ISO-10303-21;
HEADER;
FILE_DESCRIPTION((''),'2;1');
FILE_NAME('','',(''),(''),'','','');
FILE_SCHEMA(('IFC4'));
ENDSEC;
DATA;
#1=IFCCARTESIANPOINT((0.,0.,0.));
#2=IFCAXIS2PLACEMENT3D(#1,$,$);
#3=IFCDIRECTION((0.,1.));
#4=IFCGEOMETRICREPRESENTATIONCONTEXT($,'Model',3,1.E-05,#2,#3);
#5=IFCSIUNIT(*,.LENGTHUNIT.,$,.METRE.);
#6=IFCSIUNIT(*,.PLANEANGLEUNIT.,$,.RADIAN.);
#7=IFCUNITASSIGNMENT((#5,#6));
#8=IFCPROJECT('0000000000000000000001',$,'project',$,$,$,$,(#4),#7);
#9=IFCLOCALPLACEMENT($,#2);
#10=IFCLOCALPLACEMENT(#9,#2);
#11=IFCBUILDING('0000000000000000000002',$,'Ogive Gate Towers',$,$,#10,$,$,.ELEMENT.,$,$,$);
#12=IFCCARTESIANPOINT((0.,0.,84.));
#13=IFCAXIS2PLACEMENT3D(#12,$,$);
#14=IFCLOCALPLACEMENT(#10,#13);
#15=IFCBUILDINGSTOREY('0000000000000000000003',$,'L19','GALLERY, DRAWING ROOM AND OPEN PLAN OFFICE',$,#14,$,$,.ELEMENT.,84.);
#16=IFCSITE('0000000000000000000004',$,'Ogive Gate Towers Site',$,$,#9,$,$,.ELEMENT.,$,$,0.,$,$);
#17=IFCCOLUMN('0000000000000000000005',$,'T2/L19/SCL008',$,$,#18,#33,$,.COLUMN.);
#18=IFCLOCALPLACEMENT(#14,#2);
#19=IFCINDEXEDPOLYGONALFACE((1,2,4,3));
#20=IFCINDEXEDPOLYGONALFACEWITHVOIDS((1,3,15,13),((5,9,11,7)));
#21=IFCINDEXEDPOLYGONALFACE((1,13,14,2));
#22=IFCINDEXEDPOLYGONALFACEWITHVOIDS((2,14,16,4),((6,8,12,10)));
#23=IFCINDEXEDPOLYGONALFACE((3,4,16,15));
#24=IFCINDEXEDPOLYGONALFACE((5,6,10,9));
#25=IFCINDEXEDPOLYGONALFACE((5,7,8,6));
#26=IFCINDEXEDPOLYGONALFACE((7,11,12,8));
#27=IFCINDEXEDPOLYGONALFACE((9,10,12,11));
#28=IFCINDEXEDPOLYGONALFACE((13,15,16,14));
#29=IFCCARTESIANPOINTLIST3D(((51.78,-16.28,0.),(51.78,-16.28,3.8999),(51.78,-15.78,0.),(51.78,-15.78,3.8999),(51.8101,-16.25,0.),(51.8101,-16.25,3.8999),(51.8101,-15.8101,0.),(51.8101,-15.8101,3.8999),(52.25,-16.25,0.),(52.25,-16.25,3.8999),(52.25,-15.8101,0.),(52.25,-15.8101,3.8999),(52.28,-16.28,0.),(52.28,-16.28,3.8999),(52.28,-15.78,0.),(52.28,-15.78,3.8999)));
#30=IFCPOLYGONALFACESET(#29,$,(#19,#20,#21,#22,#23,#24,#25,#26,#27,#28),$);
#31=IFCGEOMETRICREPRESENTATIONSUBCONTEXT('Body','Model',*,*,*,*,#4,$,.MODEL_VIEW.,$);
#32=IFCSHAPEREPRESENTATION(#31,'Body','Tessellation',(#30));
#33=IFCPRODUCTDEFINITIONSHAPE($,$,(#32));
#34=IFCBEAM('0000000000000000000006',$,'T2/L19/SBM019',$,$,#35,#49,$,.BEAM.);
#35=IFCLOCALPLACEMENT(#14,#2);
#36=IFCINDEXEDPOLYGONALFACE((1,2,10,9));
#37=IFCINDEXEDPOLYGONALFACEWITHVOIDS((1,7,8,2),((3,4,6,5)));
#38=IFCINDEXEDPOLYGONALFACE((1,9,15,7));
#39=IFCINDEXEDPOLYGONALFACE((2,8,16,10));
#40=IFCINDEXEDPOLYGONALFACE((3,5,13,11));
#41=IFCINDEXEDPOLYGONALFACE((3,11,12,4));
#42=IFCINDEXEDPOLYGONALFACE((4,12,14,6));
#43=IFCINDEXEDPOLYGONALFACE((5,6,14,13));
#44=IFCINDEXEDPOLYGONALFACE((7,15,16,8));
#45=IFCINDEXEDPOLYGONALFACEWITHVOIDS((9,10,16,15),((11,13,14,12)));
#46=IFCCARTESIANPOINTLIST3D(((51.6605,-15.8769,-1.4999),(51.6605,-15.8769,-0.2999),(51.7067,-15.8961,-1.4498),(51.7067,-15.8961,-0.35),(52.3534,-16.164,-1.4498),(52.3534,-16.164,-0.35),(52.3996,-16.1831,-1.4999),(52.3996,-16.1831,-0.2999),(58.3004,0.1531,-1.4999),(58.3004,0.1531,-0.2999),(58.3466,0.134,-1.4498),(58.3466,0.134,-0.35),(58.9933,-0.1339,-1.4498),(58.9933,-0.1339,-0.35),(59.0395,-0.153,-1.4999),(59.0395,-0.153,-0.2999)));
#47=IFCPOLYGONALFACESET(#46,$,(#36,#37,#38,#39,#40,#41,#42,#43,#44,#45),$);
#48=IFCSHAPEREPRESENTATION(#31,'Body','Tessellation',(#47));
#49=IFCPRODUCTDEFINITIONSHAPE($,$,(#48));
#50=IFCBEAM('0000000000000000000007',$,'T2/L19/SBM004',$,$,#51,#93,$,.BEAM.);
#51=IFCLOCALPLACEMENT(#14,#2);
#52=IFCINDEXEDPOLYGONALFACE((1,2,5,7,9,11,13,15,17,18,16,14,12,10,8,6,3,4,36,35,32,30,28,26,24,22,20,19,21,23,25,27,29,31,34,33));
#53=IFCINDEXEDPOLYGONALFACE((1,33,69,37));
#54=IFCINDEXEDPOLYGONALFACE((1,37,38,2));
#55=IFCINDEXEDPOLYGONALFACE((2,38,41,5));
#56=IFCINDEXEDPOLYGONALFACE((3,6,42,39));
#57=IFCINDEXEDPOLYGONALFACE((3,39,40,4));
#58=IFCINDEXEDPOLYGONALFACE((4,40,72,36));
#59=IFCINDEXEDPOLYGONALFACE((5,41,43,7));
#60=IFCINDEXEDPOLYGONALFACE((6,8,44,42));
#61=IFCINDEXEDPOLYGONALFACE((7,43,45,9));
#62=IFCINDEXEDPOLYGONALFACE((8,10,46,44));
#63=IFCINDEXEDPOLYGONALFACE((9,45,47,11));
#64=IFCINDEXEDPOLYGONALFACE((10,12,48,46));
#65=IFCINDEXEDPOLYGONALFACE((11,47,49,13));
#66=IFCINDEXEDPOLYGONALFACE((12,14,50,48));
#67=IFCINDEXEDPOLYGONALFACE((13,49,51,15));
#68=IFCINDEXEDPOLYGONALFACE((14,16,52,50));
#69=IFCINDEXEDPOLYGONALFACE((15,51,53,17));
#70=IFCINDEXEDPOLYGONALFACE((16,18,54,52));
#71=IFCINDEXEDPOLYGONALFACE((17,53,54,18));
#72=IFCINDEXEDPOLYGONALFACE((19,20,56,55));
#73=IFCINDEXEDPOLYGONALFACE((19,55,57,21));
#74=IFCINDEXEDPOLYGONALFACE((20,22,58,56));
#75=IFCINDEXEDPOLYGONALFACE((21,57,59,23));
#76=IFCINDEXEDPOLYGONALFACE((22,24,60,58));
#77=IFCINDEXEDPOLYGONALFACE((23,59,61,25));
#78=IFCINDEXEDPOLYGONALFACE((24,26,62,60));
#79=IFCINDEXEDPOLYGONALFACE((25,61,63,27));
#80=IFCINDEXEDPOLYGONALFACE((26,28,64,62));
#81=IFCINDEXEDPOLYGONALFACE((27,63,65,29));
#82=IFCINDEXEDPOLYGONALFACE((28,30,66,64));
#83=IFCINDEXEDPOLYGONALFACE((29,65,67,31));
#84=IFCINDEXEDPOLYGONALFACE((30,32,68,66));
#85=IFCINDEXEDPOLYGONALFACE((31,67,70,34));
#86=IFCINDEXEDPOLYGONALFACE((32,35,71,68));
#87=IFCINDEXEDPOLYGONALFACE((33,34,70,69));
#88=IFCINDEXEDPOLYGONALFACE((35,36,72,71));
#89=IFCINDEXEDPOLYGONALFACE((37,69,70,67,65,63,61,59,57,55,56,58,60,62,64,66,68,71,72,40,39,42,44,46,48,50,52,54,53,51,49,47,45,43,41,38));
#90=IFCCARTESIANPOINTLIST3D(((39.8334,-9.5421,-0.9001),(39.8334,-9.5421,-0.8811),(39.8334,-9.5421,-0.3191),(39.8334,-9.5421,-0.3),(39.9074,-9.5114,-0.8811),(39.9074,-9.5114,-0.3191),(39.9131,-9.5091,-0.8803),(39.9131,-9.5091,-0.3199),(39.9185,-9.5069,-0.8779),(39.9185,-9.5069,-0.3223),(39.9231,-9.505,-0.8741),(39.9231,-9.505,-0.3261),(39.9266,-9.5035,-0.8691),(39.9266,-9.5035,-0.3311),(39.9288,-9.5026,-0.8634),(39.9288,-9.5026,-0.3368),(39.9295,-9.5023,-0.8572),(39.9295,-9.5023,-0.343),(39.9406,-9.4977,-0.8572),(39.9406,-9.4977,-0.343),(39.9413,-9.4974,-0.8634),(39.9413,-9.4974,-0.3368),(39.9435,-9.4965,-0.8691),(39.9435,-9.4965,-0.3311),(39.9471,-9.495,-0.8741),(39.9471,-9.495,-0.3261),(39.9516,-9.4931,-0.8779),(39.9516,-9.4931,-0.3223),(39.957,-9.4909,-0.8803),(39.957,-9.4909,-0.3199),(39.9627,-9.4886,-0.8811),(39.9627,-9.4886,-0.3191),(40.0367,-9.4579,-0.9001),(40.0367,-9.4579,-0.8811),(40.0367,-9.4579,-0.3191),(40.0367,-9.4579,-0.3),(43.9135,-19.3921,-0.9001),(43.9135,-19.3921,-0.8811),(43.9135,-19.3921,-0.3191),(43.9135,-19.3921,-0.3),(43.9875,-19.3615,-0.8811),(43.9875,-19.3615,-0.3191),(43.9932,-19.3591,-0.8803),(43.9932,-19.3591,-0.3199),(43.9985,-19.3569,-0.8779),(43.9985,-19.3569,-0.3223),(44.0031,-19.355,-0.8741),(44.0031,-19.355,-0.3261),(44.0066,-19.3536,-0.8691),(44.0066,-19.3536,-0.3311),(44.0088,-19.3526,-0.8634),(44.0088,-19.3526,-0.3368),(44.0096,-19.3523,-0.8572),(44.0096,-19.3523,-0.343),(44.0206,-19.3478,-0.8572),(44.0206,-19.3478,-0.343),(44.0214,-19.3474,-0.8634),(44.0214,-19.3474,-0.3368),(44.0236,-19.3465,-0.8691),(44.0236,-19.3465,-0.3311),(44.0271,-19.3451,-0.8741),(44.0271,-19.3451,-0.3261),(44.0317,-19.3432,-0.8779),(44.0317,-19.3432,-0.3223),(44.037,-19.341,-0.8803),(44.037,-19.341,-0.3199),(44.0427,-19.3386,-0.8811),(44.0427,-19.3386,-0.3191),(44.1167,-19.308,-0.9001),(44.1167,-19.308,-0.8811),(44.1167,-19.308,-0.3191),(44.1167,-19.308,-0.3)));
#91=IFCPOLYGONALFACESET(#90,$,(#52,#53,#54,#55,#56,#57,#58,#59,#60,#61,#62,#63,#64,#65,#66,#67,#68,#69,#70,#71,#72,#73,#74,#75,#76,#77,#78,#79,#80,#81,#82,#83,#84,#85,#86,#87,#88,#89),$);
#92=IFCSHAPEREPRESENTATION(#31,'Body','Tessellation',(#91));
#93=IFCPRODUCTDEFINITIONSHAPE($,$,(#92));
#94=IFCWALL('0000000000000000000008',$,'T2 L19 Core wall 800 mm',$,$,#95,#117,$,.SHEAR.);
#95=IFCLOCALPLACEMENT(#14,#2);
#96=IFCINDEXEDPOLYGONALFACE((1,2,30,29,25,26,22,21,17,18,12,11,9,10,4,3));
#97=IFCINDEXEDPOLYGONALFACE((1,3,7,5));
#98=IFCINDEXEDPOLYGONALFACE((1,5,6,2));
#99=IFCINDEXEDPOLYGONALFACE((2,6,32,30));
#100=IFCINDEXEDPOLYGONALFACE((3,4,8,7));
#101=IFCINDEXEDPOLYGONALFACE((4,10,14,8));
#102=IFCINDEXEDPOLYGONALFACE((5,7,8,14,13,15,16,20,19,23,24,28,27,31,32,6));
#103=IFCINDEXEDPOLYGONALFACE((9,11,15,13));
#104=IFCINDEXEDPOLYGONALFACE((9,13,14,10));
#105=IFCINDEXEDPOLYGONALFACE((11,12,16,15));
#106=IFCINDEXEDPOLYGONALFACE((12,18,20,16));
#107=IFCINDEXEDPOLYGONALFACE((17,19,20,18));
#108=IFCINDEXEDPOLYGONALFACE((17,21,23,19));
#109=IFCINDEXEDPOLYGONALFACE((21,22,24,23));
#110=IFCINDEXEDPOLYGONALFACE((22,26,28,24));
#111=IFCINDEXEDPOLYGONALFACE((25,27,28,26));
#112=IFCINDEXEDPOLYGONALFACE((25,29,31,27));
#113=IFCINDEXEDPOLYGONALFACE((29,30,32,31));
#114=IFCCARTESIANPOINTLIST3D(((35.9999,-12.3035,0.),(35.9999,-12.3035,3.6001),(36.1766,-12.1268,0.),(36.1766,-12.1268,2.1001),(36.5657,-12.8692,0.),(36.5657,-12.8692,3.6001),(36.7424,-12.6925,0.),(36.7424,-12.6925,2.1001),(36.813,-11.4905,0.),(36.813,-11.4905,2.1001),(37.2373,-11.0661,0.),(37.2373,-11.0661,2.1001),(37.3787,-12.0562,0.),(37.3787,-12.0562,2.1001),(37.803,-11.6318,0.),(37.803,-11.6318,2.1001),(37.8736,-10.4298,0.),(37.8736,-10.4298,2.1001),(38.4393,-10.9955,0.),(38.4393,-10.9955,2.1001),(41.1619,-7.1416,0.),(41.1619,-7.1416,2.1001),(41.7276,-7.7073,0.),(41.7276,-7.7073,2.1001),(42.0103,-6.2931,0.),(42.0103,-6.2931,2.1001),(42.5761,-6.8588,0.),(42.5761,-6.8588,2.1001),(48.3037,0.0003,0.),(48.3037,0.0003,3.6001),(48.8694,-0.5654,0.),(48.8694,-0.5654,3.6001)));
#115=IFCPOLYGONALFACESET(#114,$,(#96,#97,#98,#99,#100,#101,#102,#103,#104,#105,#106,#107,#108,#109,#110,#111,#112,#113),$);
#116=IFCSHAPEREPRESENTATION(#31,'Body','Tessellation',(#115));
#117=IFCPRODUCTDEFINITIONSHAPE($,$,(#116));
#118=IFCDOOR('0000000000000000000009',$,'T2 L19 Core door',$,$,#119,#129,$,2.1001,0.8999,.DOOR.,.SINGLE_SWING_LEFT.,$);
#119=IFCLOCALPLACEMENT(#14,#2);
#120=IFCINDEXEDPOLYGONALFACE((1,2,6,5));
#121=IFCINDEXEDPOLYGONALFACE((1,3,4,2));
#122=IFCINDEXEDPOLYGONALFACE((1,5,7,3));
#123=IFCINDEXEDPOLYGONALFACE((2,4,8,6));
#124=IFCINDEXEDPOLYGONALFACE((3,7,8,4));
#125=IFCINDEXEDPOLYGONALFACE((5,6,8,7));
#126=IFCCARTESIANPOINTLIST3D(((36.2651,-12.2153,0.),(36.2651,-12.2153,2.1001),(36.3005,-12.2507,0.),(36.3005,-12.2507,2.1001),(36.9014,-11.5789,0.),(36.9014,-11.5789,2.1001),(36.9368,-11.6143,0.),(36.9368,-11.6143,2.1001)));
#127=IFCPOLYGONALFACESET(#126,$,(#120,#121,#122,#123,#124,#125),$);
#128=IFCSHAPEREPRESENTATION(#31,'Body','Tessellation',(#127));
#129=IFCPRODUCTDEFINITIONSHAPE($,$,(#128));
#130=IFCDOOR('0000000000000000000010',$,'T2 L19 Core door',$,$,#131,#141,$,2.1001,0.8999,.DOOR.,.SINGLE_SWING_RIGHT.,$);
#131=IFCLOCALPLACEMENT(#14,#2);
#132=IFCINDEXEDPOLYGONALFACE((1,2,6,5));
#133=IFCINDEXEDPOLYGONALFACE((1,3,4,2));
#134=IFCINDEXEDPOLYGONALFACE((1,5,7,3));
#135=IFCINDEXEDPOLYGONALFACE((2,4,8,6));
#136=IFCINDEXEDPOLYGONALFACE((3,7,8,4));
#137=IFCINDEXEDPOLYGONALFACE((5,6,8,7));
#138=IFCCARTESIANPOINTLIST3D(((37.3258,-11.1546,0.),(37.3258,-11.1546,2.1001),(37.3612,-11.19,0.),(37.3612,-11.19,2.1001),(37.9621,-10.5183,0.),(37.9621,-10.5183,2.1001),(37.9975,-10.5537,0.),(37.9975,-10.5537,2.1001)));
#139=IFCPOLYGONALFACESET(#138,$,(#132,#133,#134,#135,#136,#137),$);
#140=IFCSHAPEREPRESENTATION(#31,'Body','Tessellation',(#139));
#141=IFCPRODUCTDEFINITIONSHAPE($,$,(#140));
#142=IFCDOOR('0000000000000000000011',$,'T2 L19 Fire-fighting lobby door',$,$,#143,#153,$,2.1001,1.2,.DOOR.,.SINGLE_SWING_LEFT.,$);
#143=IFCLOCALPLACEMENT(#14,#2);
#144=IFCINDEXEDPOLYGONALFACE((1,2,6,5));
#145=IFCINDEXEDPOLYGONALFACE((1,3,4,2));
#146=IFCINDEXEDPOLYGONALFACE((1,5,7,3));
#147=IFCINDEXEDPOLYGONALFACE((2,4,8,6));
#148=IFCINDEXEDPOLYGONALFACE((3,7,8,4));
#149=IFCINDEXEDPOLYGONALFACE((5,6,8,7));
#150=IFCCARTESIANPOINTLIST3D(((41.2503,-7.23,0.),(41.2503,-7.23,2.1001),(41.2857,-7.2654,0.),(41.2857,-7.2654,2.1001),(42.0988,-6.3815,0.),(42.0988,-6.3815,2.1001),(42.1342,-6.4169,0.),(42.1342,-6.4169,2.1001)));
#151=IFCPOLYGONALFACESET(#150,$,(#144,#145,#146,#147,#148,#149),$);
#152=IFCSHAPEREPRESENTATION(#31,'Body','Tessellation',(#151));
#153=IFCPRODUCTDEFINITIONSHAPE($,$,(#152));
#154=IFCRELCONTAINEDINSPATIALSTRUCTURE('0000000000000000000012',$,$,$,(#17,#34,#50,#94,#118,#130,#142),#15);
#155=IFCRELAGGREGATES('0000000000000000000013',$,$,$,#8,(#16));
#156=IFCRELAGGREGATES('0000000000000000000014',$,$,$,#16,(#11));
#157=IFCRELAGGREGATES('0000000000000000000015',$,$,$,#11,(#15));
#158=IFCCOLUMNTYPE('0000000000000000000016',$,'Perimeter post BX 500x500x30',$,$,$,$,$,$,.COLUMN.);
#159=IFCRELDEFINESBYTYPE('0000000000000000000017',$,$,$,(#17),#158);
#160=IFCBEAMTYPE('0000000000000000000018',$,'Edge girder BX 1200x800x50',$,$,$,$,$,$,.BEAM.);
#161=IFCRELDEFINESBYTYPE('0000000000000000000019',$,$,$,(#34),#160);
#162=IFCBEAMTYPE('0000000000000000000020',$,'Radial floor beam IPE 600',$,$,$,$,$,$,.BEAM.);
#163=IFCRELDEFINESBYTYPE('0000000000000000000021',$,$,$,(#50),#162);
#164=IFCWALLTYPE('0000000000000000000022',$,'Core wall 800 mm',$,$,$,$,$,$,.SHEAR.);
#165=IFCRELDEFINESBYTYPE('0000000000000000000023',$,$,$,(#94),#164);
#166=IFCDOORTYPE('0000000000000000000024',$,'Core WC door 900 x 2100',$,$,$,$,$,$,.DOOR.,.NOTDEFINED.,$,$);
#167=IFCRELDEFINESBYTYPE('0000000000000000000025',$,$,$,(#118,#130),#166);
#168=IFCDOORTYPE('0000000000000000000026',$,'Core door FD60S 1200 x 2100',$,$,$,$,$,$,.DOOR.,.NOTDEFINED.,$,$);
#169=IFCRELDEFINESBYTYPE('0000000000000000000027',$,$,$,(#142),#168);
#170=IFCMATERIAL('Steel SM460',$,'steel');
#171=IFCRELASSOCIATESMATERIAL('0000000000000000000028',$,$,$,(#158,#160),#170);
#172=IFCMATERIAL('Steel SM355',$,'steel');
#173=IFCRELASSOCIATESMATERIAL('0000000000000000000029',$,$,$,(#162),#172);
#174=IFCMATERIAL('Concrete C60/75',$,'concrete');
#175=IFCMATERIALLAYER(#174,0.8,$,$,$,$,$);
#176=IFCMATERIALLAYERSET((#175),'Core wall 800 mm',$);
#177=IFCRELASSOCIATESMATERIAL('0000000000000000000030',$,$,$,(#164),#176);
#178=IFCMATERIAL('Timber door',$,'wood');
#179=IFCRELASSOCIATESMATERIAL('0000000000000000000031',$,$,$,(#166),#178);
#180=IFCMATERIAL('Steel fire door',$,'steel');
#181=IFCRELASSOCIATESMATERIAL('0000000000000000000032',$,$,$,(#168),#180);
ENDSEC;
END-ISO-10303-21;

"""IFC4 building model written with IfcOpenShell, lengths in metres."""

from ifc_helpers import new_model, si_unit, direction, frame, frame_2d, origin, origin_2d, place, context, subcontext, project, spatial, rectangle, hollow_rectangle, i_section, extrude, material, layer, layer_set, material_profile, profile_set, type_object, element, fill, save


model = new_model("IFC4")

# Units and contexts
model_context = context("Model", 3, precision=1e-05, world=origin(), true_north=direction((0.0, 1.0)))
body_context = subcontext(model_context, "Body", "Model", "MODEL_VIEW")
ifc_project = project(units=[si_unit("LENGTHUNIT", "METRE"), si_unit("PLANEANGLEUNIT", "RADIAN")], contexts=[model_context])

# Site, building, storey
site_placement = place(None, origin())
site = spatial("IfcSite", under=ifc_project, at=site_placement, Name="Ogive Gate Towers Site", CompositionType="ELEMENT", RefElevation=0.0)
building_placement = place(site_placement, origin())
building = spatial("IfcBuilding", under=site, at=building_placement, Name="Ogive Gate Towers", CompositionType="ELEMENT")
storey_placement = place(building_placement, frame((0.0, 0.0, 84.0)))
storey = spatial("IfcBuildingStorey", under=building, at=storey_placement, Name="L19", Description="GALLERY, DRAWING ROOM AND OPEN PLAN OFFICE", CompositionType="ELEMENT", Elevation=84.0)

# Column
ifc_material_1 = material(Name="Steel SM460", Category="steel")
ifc_material_profile_1 = material_profile(ifc_material_1, hollow_rectangle(XDim=0.5, YDim=0.5, WallThickness=0.03, at=origin_2d()), Name="BX 500x500x30")
ifc_profile_set_1 = profile_set([ifc_material_profile_1], Name="Steel SM460")
column_type = type_object("IfcColumnType", Name="Perimeter post BX 500x500x30", PredefinedType="COLUMN", material=ifc_profile_set_1)
column_placement = place(storey_placement, frame((52.03, -16.03, 0.0), z_axis=(0.0, 0.0, 1.0), x_axis=(1.0, 0.0, 0.0)))
element("IfcColumn", 1, at=column_placement, inside=storey, type_object=column_type, Name="T2/L19/SCL008", PredefinedType="COLUMN", context=body_context, shape_type="SweptSolid", body=[
    extrude(hollow_rectangle(XDim=0.5, YDim=0.5, WallThickness=0.03, at=origin_2d()), origin(), (0.0, 0.0, 1.0), 3.8999),
])

# Beams
ifc_material_profile_2 = material_profile(ifc_material_1, hollow_rectangle(XDim=0.8, YDim=1.2, WallThickness=0.05, at=origin_2d()), Name="BX 1200x800x50")
ifc_profile_set_2 = profile_set([ifc_material_profile_2], Name="Steel SM460")
beam_type_1 = type_object("IfcBeamType", Name="Edge girder BX 1200x800x50", PredefinedType="BEAM", material=ifc_profile_set_2)
beam_1_placement = place(storey_placement, frame((52.03, -16.03, -0.8999), z_axis=(0.382685, 0.923879, 0.0), x_axis=(-0.923879, 0.382685, 0.0)))
element("IfcBeam", 2, at=beam_1_placement, inside=storey, type_object=beam_type_1, Name="T2/L19/SBM019", PredefinedType="BEAM", context=body_context, shape_type="SweptSolid", body=[
    extrude(hollow_rectangle(XDim=0.8, YDim=1.2, WallThickness=0.05, at=origin_2d()), origin(), (0.0, 0.0, 1.0), 17.3508),
])
ifc_material_2 = material(Name="Steel SM355", Category="steel")
ifc_material_profile_3 = material_profile(ifc_material_2, i_section(OverallWidth=0.22, OverallDepth=0.6001, WebThickness=0.012, FlangeThickness=0.019, FilletRadius=0.0239, at=origin_2d()), Name="IPE 600")
ifc_profile_set_3 = profile_set([ifc_material_profile_3], Name="Steel SM355")
beam_type_2 = type_object("IfcBeamType", Name="Radial floor beam IPE 600", PredefinedType="BEAM", material=ifc_profile_set_3)
beam_2_placement = place(storey_placement, frame((39.9351, -9.5, -0.6001), z_axis=(0.382686, -0.923878, 0.0), x_axis=(0.923878, 0.382686, 0.0)))
element("IfcBeam", 3, at=beam_2_placement, inside=storey, type_object=beam_type_2, Name="T2/L19/SBM004", PredefinedType="BEAM", context=body_context, shape_type="SweptSolid", body=[
    extrude(i_section(OverallWidth=0.22, OverallDepth=0.6001, WebThickness=0.012, FlangeThickness=0.019, FilletRadius=0.0239, at=origin_2d()), origin(), (0.0, 0.0, 1.0), 10.6616),
])

# Wall, openings, doors
ifc_material_3 = material(Name="Concrete C60/75", Category="concrete")
ifc_layer_1 = layer(ifc_material_3, 0.8)
ifc_layer_set_1 = layer_set([ifc_layer_1], Name="Core wall 800 mm")
wall_type_1 = type_object("IfcWallType", Name="Core wall 800 mm", PredefinedType="SHEAR", material=ifc_layer_set_1)
wall_1_placement = place(storey_placement, frame((36.2827, -12.5864, 0.0), z_axis=(0.0, 0.0, 1.0), x_axis=(0.707107, 0.707107, 0.0)))
wall_1 = element("IfcWall", 4, at=wall_1_placement, inside=storey, type_object=wall_type_1, Name="T2 L19 Core wall 800 mm", PredefinedType="SHEAR", context=body_context, shape_type="SweptSolid", body=[
    extrude(rectangle(XDim=17.4001, YDim=0.8, at=frame_2d((8.7002, 0.0))), origin(), (0.0, 0.0, 1.0), 3.6001),
])
opening_1_placement = place(wall_1_placement, frame((7.3, 0.0, 0.0)))
opening_1 = element("IfcOpeningElement", 5, at=opening_1_placement, cuts=wall_1, PredefinedType="OPENING", context=body_context, shape_type="SweptSolid", body=[
    extrude(rectangle(XDim=1.2, YDim=2.1001, at=frame_2d((0.6001, 1.05))), frame((0.0, 0.4102, 0.0), z_axis=(0.0, -1.0, 0.0), x_axis=(1.0, 0.0, 0.0)), (0.0, 0.0, 1.0), 0.8201),
])
opening_2_placement = place(wall_1_placement, frame((0.25, 0.0, 0.0)))
opening_2 = element("IfcOpeningElement", 6, at=opening_2_placement, cuts=wall_1, PredefinedType="OPENING", context=body_context, shape_type="SweptSolid", body=[
    extrude(rectangle(XDim=0.8999, YDim=2.1001, at=frame_2d((0.45, 1.05))), frame((0.0, 0.4102, 0.0), z_axis=(0.0, -1.0, 0.0), x_axis=(1.0, 0.0, 0.0)), (0.0, 0.0, 1.0), 0.8201),
])
opening_3_placement = place(wall_1_placement, frame((1.75, 0.0, 0.0)))
opening_3 = element("IfcOpeningElement", 7, at=opening_3_placement, cuts=wall_1, PredefinedType="OPENING", context=body_context, shape_type="SweptSolid", body=[
    extrude(rectangle(XDim=0.8999, YDim=2.1001, at=frame_2d((0.45, 1.05))), frame((0.0, 0.4102, 0.0), z_axis=(0.0, -1.0, 0.0), x_axis=(1.0, 0.0, 0.0)), (0.0, 0.0, 1.0), 0.8201),
])
ifc_material_4 = material(Name="Timber door", Category="wood")
door_type_1 = type_object("IfcDoorType", Name="Core WC door 900 x 2100", OperationType="NOTDEFINED", PredefinedType="DOOR", material=ifc_material_4)
door_1_placement = place(opening_2_placement, origin())
door_1 = element("IfcDoor", 8, at=door_1_placement, inside=storey, type_object=door_type_1, Name="T2 L19 Core door", OperationType="SINGLE_SWING_LEFT", OverallHeight=2.1001, OverallWidth=0.8999, PredefinedType="DOOR", context=body_context, shape_type="SweptSolid", body=[
    extrude(rectangle(XDim=0.8999, YDim=2.1001, at=frame_2d((0.45, 1.05))), frame((0.0, 0.2749, 0.0), z_axis=(0.0, -1.0, 0.0), x_axis=(1.0, 0.0, 0.0)), (0.0, 0.0, 1.0), 0.05),
])
fill(opening_2, door_1)
door_2_placement = place(opening_3_placement, origin())
door_2 = element("IfcDoor", 9, at=door_2_placement, inside=storey, type_object=door_type_1, Name="T2 L19 Core door", OperationType="SINGLE_SWING_RIGHT", OverallHeight=2.1001, OverallWidth=0.8999, PredefinedType="DOOR", context=body_context, shape_type="SweptSolid", body=[
    extrude(rectangle(XDim=0.8999, YDim=2.1001, at=frame_2d((0.45, 1.05))), frame((0.0, 0.2749, 0.0), z_axis=(0.0, -1.0, 0.0), x_axis=(1.0, 0.0, 0.0)), (0.0, 0.0, 1.0), 0.05),
])
fill(opening_3, door_2)
ifc_material_5 = material(Name="Steel fire door", Category="steel")
door_type_2 = type_object("IfcDoorType", Name="Core door FD60S 1200 x 2100", OperationType="NOTDEFINED", PredefinedType="DOOR", material=ifc_material_5)
door_3_placement = place(opening_1_placement, origin())
door_3 = element("IfcDoor", 10, at=door_3_placement, inside=storey, type_object=door_type_2, Name="T2 L19 Fire-fighting lobby door", OperationType="SINGLE_SWING_LEFT", OverallHeight=2.1001, OverallWidth=1.2, PredefinedType="DOOR", context=body_context, shape_type="SweptSolid", body=[
    extrude(rectangle(XDim=1.2, YDim=2.1001, at=frame_2d((0.6001, 1.05))), frame((0.0, 0.2749, 0.0), z_axis=(0.0, -1.0, 0.0), x_axis=(1.0, 0.0, 0.0)), (0.0, 0.0, 1.0), 0.05),
])
fill(opening_1, door_3)

save(model, "model.ifc")
